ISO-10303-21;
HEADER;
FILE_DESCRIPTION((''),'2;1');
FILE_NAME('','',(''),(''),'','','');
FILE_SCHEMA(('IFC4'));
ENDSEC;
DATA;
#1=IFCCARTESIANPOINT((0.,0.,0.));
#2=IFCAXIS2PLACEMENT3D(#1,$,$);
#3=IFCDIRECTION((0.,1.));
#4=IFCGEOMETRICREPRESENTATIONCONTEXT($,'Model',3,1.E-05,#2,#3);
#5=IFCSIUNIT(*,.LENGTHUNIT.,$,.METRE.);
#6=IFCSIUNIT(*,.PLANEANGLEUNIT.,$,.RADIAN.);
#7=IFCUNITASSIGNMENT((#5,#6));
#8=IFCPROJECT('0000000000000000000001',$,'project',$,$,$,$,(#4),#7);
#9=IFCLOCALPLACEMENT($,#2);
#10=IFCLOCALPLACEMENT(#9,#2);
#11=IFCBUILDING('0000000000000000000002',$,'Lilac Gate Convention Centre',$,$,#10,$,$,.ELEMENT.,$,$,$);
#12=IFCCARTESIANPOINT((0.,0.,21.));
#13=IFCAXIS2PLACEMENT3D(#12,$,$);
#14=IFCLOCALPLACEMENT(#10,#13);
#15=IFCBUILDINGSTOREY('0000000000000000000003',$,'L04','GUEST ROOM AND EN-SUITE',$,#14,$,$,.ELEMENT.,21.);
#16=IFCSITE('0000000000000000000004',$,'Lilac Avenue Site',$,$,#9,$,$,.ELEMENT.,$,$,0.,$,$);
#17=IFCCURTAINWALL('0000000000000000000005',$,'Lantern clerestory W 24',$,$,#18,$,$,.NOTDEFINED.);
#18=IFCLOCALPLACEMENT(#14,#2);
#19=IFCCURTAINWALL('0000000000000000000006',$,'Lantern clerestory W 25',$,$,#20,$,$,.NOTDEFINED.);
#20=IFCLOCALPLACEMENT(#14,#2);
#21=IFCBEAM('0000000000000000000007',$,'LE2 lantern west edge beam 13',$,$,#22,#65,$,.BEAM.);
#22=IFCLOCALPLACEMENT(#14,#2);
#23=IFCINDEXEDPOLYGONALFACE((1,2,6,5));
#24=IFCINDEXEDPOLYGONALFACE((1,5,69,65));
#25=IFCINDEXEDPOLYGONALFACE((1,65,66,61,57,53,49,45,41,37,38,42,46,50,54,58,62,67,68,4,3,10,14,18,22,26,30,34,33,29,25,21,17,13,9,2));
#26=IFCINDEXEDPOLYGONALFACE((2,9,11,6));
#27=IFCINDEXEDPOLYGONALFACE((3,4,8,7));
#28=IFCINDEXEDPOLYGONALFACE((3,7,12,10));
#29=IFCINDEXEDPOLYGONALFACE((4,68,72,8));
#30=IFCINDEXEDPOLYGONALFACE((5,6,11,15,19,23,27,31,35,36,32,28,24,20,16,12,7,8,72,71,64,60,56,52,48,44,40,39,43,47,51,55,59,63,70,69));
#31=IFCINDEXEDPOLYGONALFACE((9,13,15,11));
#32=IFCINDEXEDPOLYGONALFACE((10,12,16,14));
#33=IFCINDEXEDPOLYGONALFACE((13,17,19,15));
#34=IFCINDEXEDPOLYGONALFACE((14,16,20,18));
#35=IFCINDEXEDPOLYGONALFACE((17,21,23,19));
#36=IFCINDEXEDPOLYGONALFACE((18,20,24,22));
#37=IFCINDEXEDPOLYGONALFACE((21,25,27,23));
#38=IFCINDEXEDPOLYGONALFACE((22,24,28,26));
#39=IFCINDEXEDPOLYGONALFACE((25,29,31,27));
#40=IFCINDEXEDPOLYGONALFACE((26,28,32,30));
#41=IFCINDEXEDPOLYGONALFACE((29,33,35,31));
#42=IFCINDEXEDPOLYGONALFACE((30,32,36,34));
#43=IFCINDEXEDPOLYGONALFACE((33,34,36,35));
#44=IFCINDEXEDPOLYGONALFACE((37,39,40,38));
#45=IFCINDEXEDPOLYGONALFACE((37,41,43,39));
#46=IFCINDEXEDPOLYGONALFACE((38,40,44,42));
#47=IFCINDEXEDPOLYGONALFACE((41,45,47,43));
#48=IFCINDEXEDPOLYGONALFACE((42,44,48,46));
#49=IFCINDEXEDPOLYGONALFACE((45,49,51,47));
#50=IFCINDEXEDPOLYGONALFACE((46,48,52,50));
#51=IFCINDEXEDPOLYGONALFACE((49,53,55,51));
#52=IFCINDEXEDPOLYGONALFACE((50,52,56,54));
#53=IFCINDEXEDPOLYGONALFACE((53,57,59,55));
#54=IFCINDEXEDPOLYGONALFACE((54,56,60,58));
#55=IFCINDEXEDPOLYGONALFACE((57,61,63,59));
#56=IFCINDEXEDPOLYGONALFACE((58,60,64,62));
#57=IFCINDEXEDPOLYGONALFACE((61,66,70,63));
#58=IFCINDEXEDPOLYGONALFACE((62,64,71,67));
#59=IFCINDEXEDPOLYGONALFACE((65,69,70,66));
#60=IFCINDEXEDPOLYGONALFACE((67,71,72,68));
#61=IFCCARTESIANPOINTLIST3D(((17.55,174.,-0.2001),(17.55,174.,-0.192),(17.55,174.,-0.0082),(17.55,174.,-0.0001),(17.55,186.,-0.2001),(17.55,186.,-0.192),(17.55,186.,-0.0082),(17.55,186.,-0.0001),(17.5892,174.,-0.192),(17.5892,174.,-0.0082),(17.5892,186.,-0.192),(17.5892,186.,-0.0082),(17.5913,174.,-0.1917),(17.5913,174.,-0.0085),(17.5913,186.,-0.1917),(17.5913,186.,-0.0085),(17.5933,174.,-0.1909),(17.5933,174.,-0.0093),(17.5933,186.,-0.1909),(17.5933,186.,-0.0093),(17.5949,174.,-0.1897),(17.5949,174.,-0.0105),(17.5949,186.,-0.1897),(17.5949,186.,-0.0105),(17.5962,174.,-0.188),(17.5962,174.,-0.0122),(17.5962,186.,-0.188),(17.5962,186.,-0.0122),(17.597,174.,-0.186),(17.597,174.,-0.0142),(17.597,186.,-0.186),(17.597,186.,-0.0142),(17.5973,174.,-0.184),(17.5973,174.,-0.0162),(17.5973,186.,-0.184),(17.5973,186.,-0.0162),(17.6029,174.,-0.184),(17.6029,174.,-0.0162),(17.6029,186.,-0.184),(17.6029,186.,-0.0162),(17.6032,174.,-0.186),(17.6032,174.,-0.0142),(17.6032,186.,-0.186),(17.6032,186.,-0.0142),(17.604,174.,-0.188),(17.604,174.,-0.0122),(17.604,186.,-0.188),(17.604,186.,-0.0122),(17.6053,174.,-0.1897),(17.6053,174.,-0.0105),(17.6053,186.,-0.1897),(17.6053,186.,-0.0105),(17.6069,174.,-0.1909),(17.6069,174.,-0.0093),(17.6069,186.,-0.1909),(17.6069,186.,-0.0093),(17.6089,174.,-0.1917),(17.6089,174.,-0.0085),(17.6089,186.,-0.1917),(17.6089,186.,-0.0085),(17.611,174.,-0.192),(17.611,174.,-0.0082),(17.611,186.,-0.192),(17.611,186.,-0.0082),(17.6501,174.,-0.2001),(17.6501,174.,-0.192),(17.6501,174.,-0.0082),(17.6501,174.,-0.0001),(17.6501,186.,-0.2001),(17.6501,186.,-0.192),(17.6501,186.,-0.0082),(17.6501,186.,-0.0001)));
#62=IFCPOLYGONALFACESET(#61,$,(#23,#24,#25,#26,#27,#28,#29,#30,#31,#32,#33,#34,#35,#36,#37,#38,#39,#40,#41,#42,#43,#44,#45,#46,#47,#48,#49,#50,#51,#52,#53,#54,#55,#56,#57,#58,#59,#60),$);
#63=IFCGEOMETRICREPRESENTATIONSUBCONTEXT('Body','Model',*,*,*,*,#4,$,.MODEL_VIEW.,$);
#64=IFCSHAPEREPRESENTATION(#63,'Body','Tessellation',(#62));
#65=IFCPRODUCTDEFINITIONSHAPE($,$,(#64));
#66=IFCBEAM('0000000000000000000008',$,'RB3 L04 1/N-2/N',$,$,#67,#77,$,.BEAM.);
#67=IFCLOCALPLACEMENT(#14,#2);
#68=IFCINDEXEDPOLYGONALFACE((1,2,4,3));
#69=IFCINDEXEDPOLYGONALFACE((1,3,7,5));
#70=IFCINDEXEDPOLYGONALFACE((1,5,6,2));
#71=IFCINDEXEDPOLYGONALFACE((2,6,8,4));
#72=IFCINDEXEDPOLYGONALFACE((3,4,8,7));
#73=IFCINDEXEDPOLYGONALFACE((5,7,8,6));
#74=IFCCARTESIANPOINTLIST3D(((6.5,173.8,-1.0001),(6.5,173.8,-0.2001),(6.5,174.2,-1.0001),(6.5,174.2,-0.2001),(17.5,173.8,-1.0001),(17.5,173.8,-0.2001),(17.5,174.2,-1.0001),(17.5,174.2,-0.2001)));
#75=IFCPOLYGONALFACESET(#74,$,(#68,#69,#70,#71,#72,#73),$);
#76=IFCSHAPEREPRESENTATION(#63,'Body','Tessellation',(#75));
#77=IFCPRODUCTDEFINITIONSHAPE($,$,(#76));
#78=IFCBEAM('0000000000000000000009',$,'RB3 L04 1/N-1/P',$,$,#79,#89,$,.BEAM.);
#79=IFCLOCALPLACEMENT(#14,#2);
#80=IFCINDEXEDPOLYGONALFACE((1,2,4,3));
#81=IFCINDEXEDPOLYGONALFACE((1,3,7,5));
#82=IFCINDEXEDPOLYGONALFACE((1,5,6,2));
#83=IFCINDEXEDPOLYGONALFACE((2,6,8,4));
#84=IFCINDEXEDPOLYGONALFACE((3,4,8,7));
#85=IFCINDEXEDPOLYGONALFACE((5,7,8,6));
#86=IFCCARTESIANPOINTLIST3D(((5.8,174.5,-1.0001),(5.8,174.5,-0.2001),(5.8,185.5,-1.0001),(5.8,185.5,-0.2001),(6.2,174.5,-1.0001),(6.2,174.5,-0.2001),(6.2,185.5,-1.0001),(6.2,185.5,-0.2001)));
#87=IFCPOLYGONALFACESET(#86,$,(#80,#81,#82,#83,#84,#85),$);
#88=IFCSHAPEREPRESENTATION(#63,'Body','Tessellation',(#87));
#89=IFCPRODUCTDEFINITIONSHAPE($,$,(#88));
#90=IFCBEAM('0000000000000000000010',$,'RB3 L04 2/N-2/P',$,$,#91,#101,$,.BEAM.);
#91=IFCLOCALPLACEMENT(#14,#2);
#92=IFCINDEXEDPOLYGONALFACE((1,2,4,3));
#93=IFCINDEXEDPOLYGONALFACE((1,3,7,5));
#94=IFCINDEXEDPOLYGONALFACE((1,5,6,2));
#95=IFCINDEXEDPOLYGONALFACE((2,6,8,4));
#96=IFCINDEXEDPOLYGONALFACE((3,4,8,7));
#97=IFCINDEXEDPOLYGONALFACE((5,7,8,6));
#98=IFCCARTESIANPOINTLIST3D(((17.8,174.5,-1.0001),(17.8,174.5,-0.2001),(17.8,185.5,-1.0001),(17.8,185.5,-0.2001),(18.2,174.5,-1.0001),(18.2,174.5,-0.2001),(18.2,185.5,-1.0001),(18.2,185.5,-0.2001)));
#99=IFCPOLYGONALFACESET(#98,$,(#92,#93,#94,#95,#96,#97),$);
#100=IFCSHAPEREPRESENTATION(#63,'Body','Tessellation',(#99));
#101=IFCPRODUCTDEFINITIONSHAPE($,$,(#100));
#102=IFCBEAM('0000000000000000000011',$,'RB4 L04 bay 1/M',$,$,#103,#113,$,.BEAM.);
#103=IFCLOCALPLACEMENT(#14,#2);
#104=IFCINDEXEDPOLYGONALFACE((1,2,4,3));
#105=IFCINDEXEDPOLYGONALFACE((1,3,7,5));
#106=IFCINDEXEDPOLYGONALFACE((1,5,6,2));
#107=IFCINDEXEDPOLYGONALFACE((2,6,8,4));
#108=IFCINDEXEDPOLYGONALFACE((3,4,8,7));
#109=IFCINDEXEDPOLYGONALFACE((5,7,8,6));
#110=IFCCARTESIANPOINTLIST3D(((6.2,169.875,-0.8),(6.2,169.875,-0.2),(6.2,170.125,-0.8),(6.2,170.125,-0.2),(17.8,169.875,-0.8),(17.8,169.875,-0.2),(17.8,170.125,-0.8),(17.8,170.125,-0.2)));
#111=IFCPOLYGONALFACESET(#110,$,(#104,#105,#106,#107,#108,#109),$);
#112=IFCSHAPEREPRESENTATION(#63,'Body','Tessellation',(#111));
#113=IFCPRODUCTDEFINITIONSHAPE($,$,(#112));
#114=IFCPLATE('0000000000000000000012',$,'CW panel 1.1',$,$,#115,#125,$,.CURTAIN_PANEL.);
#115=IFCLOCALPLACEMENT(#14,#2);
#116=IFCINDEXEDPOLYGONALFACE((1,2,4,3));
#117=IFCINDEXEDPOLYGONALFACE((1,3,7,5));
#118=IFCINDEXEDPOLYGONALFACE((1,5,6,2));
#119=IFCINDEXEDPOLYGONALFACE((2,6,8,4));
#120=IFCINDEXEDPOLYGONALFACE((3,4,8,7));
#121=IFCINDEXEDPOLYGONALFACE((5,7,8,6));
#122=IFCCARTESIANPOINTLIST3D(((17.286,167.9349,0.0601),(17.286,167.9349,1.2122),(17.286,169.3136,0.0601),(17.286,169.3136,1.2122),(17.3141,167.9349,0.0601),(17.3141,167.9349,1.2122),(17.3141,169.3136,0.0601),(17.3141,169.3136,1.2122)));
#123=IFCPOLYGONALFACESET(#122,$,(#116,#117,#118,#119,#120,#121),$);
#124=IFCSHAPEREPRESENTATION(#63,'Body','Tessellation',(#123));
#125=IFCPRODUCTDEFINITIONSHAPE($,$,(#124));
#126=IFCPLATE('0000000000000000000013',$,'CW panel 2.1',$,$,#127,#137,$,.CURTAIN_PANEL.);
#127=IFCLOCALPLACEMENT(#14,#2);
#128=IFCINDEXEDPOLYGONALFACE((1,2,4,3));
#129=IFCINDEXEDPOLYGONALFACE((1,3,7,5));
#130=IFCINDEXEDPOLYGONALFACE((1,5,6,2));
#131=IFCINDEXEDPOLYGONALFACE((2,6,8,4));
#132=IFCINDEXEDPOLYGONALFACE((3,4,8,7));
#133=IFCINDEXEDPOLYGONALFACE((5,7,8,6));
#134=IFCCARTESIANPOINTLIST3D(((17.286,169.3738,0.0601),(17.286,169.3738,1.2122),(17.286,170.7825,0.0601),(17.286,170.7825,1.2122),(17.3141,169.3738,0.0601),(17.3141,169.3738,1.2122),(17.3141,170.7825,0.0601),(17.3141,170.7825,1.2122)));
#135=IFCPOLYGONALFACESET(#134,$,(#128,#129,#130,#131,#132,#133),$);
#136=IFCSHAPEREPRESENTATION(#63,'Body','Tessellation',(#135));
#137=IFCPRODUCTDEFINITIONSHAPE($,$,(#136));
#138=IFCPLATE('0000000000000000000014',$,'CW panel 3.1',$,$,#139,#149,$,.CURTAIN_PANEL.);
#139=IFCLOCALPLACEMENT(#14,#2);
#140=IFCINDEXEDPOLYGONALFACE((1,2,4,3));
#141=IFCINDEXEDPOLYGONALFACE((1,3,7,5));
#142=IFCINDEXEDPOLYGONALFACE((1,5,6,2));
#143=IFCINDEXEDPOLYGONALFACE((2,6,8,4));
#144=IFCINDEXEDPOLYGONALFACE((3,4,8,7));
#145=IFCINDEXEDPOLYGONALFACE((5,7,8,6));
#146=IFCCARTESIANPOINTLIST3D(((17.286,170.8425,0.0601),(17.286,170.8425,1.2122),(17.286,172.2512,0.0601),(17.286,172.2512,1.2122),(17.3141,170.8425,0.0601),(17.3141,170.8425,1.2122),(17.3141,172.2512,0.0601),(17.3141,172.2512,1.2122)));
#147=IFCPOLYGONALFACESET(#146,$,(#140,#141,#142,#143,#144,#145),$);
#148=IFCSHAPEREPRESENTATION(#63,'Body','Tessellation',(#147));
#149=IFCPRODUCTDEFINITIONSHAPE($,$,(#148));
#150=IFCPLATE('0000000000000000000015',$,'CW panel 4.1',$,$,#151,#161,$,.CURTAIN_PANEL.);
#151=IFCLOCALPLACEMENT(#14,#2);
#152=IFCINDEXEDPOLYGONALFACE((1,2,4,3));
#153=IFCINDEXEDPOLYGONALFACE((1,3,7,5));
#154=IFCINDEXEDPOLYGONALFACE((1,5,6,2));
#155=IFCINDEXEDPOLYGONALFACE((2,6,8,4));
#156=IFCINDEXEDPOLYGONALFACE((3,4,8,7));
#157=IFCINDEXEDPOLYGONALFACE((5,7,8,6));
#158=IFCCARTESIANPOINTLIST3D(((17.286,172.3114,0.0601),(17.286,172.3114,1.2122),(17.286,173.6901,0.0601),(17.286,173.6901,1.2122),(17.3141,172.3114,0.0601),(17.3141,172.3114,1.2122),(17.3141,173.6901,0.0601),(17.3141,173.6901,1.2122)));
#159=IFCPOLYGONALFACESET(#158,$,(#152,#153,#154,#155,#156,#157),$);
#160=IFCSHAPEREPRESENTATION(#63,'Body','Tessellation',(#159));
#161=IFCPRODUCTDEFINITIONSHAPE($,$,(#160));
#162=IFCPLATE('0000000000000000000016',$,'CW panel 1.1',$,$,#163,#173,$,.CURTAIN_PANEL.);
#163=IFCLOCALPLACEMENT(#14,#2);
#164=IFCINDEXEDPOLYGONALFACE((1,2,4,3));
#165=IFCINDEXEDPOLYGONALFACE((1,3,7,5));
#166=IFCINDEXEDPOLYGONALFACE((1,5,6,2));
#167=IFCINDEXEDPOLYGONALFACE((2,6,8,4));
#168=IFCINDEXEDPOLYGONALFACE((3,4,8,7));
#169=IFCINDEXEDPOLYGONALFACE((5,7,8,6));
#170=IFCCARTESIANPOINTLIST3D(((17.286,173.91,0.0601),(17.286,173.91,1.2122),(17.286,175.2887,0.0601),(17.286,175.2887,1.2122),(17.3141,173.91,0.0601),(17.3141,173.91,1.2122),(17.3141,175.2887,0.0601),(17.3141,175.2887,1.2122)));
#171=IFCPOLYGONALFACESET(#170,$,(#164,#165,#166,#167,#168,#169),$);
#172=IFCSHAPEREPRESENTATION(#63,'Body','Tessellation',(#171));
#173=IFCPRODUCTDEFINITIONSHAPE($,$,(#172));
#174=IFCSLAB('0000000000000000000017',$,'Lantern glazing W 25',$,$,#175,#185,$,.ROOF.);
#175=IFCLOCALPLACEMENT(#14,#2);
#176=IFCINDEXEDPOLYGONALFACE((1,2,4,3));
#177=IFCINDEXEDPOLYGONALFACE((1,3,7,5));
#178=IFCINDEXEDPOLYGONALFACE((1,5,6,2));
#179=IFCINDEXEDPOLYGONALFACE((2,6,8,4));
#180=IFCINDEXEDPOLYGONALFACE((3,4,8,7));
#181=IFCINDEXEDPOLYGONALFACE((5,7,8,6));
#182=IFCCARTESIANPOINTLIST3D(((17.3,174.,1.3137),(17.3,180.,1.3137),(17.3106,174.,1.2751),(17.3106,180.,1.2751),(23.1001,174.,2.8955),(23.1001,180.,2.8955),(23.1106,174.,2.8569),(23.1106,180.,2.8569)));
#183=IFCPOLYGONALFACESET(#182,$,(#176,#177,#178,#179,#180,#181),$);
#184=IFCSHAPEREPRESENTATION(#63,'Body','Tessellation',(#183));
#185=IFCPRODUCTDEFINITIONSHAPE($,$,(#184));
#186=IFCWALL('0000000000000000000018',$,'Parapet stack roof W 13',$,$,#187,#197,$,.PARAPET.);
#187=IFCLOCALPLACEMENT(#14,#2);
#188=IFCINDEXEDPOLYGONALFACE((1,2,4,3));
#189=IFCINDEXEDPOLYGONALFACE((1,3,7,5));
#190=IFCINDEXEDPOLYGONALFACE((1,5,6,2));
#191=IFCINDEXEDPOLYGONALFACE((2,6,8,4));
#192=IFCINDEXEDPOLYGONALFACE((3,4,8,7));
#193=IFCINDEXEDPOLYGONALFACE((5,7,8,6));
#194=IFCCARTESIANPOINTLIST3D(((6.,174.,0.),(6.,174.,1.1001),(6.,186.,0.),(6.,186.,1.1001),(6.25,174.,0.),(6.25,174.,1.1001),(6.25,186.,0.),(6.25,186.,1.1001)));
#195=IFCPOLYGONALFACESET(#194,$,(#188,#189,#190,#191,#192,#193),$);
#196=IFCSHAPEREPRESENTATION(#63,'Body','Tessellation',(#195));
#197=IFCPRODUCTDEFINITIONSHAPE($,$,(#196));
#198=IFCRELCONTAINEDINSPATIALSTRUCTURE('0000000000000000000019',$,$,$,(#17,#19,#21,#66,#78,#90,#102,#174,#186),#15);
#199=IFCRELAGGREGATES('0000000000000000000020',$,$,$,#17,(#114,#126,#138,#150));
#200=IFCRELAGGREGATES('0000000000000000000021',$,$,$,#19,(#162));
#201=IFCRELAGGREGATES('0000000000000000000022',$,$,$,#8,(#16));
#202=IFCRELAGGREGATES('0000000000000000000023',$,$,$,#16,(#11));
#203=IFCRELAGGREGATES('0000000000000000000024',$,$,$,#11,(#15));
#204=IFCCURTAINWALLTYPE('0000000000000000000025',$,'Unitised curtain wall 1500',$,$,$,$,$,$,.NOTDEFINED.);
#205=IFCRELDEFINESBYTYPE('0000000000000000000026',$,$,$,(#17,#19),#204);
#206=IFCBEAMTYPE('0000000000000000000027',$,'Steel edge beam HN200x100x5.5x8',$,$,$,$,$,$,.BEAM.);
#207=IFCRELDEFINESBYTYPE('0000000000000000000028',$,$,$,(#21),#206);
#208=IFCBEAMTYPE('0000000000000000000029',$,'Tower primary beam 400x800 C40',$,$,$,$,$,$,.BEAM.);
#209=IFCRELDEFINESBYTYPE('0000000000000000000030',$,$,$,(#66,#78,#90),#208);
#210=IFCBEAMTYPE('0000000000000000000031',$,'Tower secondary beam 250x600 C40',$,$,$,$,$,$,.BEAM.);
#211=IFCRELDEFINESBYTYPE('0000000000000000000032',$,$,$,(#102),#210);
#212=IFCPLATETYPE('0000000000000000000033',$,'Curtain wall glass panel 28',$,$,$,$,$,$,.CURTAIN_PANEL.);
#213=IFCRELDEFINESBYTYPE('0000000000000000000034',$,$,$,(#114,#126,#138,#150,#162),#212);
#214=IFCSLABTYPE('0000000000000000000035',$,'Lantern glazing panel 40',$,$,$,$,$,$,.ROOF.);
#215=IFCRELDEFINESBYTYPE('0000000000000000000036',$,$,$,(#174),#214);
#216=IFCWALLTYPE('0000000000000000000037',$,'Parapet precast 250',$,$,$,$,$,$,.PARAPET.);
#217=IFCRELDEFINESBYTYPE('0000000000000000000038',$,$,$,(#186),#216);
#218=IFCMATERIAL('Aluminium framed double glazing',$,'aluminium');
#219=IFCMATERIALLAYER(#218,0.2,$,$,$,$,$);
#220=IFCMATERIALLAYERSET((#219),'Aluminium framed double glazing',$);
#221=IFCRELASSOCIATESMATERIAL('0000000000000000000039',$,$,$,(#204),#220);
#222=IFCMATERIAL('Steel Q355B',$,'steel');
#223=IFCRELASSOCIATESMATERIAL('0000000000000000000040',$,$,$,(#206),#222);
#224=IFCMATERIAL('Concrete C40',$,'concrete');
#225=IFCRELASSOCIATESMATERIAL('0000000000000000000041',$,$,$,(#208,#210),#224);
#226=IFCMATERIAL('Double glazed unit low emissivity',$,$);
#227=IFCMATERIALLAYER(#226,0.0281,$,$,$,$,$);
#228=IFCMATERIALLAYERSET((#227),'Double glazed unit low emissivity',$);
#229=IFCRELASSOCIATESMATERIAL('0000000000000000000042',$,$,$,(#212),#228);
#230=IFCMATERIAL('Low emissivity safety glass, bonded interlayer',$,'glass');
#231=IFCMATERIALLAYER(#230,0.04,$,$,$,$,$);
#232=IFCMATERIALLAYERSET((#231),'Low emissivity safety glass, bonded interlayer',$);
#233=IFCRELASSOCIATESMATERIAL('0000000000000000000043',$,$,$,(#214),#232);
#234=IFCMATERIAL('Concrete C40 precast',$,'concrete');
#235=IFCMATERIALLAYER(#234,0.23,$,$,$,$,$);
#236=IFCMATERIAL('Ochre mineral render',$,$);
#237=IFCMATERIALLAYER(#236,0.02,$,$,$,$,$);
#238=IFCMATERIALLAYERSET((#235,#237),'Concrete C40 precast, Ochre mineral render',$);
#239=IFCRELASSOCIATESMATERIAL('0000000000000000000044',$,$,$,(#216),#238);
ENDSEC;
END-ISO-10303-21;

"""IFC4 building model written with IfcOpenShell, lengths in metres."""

from ifc_helpers import new_model, si_unit, direction, frame, frame_2d, origin, origin_2d, place, context, subcontext, project, spatial, polyline, rectangle, i_section, outline, extrude, material, layer, layer_set, material_profile, profile_set, type_object, element, aggregate, save


model = new_model("IFC4")

# Units and contexts
model_context = context("Model", 3, precision=1e-05, world=origin(), true_north=direction((0.0, 1.0)))
body_context = subcontext(model_context, "Body", "Model", "MODEL_VIEW")
ifc_project = project(units=[si_unit("LENGTHUNIT", "METRE"), si_unit("PLANEANGLEUNIT", "RADIAN")], contexts=[model_context])

# Site, building, storey
site_placement = place(None, origin())
site = spatial("IfcSite", under=ifc_project, at=site_placement, Name="Lilac Avenue Site", CompositionType="ELEMENT", RefElevation=0.0)
building_placement = place(site_placement, origin())
building = spatial("IfcBuilding", under=site, at=building_placement, Name="Lilac Gate Convention Centre", CompositionType="ELEMENT")
storey_placement = place(building_placement, frame((0.0, 0.0, 21.0)))
storey = spatial("IfcBuildingStorey", under=building, at=storey_placement, Name="L04", Description="GUEST ROOM AND EN-SUITE", CompositionType="ELEMENT", Elevation=21.0)

# Curtain walls
ifc_material_1 = material(Name="Aluminium framed double glazing", Category="aluminium")
ifc_layer_1 = layer(ifc_material_1, 0.2)
ifc_layer_set_1 = layer_set([ifc_layer_1], Name="Aluminium framed double glazing")
curtain_wall_type = type_object("IfcCurtainWallType", Name="Unitised curtain wall 1500", PredefinedType="NOTDEFINED", material=ifc_layer_set_1)
curtain_wall_1_placement = place(storey_placement, origin())
curtain_wall_1 = element("IfcCurtainWall", 1, at=curtain_wall_1_placement, inside=storey, type_object=curtain_wall_type, Name="Lantern clerestory W 24", PredefinedType="NOTDEFINED")
curtain_wall_2_placement = place(storey_placement, origin())
curtain_wall_2 = element("IfcCurtainWall", 2, at=curtain_wall_2_placement, inside=storey, type_object=curtain_wall_type, Name="Lantern clerestory W 25", PredefinedType="NOTDEFINED")

# Shared definitions
ifc_material_2 = material(Name="Steel Q355B", Category="steel")

# Beams
ifc_material_profile_1 = material_profile(ifc_material_2, i_section(OverallWidth=0.1001, OverallDepth=0.2, WebThickness=0.0056, FlangeThickness=0.0081, FilletRadius=0.0081, at=origin_2d()), Name="HN200x100x5.5x8")
ifc_profile_set_1 = profile_set([ifc_material_profile_1], Name="Steel Q355B")
beam_type_1 = type_object("IfcBeamType", Name="Steel edge beam HN200x100x5.5x8", PredefinedType="BEAM", material=ifc_profile_set_1)
beam_1_placement = place(storey_placement, frame((17.6001, 174.0, -0.1001), z_axis=(0.0, 1.0, 0.0), x_axis=(-1.0, 0.0, 0.0)))
element("IfcBeam", 3, at=beam_1_placement, inside=storey, type_object=beam_type_1, Name="LE2 lantern west edge beam 13", PredefinedType="BEAM", context=body_context, shape_type="SweptSolid", body=[
    extrude(i_section(OverallWidth=0.1001, OverallDepth=0.2, WebThickness=0.0056, FlangeThickness=0.0081, FilletRadius=0.0081, at=origin_2d()), origin(), (0.0, 0.0, 1.0), 12.0),
])
ifc_material_3 = material(Name="Concrete C40", Category="concrete")
ifc_material_profile_2 = material_profile(ifc_material_3, rectangle(XDim=0.3999, YDim=0.8, at=origin_2d()), Name="RC 400x800")
ifc_profile_set_2 = profile_set([ifc_material_profile_2], Name="Concrete C40")
beam_type_2 = type_object("IfcBeamType", Name="Tower primary beam 400x800 C40", PredefinedType="BEAM", material=ifc_profile_set_2)
for number, where, z_axis, x_axis, name in (
    (4, (6.5, 174.0, -0.6001), (1.0, 0.0, 0.0), (0.0, 1.0, 0.0), "RB3 L04 1/N-2/N"),
    (5, (6.0, 174.5, -0.6001), (0.0, 1.0, 0.0), (-1.0, 0.0, 0.0), "RB3 L04 1/N-1/P"),
    (6, (18.0, 174.5, -0.6001), (0.0, 1.0, 0.0), (-1.0, 0.0, 0.0), "RB3 L04 2/N-2/P"),
):
    element("IfcBeam", number, at=place(storey_placement, frame(where, z_axis=z_axis, x_axis=x_axis)), inside=storey, type_object=beam_type_2, Name=name, PredefinedType="BEAM", context=body_context, shape_type="SweptSolid", body=[
        extrude(rectangle(XDim=0.3999, YDim=0.8, at=origin_2d()), origin(), (0.0, 0.0, 1.0), 11.0),
    ])
ifc_material_profile_3 = material_profile(ifc_material_3, rectangle(XDim=0.25, YDim=0.6001, at=origin_2d()), Name="RC 250x600")
ifc_profile_set_3 = profile_set([ifc_material_profile_3], Name="Concrete C40")
beam_type_3 = type_object("IfcBeamType", Name="Tower secondary beam 250x600 C40", PredefinedType="BEAM", material=ifc_profile_set_3)
beam_2_placement = place(storey_placement, frame((6.2, 170.0, -0.5), z_axis=(1.0, 0.0, 0.0), x_axis=(0.0, 1.0, 0.0)))
element("IfcBeam", 7, at=beam_2_placement, inside=storey, type_object=beam_type_3, Name="RB4 L04 bay 1/M", PredefinedType="BEAM", context=body_context, shape_type="SweptSolid", body=[
    extrude(rectangle(XDim=0.25, YDim=0.6001, at=origin_2d()), origin(), (0.0, 0.0, 1.0), 11.6001),
])

# Plates
ifc_material_4 = material(Name="Double glazed unit low emissivity")
ifc_layer_2 = layer(ifc_material_4, 0.0281)
ifc_layer_set_2 = layer_set([ifc_layer_2], Name="Double glazed unit low emissivity")
plate_type = type_object("IfcPlateType", Name="Curtain wall glass panel 28", PredefinedType="CURTAIN_PANEL", material=ifc_layer_set_2)
plate_1_placement = place(storey_placement, frame((17.3, 168.6243, 0.0601), z_axis=(0.0, 0.0, 1.0), x_axis=(0.0, 1.0, 0.0)))
plate_1 = element("IfcPlate", 8, at=plate_1_placement, type_object=plate_type, Name="CW panel 1.1", PredefinedType="CURTAIN_PANEL", context=body_context, shape_type="SweptSolid", body=[
    extrude(rectangle(XDim=1.3787, YDim=0.0281, at=origin_2d()), origin(), (0.0, 0.0, 1.0), 1.1521),
])
plate_2_placement = place(storey_placement, frame((17.3, 170.0781, 0.0601), z_axis=(0.0, 0.0, 1.0), x_axis=(0.0, 1.0, 0.0)))
plate_2 = element("IfcPlate", 9, at=plate_2_placement, type_object=plate_type, Name="CW panel 2.1", PredefinedType="CURTAIN_PANEL", context=body_context, shape_type="SweptSolid", body=[
    extrude(rectangle(XDim=1.4087, YDim=0.0281, at=origin_2d()), origin(), (0.0, 0.0, 1.0), 1.1521),
])
plate_3_placement = place(storey_placement, frame((17.3, 171.5469, 0.0601), z_axis=(0.0, 0.0, 1.0), x_axis=(0.0, 1.0, 0.0)))
plate_3 = element("IfcPlate", 10, at=plate_3_placement, type_object=plate_type, Name="CW panel 3.1", PredefinedType="CURTAIN_PANEL", context=body_context, shape_type="SweptSolid", body=[
    extrude(rectangle(XDim=1.4087, YDim=0.0281, at=origin_2d()), origin(), (0.0, 0.0, 1.0), 1.1521),
])
plate_4_placement = place(storey_placement, frame((17.3, 173.0007, 0.0601), z_axis=(0.0, 0.0, 1.0), x_axis=(0.0, 1.0, 0.0)))
plate_4 = element("IfcPlate", 11, at=plate_4_placement, type_object=plate_type, Name="CW panel 4.1", PredefinedType="CURTAIN_PANEL", context=body_context, shape_type="SweptSolid", body=[
    extrude(rectangle(XDim=1.3787, YDim=0.0281, at=origin_2d()), origin(), (0.0, 0.0, 1.0), 1.1521),
])
aggregate(curtain_wall_1, [plate_1, plate_2, plate_3, plate_4])
plate_5_placement = place(storey_placement, frame((17.3, 174.5994, 0.0601), z_axis=(0.0, 0.0, 1.0), x_axis=(0.0, 1.0, 0.0)))
plate_5 = element("IfcPlate", 12, at=plate_5_placement, type_object=plate_type, Name="CW panel 1.1", PredefinedType="CURTAIN_PANEL", context=body_context, shape_type="SweptSolid", body=[
    extrude(rectangle(XDim=1.3787, YDim=0.0281, at=origin_2d()), origin(), (0.0, 0.0, 1.0), 1.1521),
])
aggregate(curtain_wall_2, [plate_5])

# Slab
ifc_material_5 = material(Name="Low emissivity safety glass, bonded interlayer", Category="glass")
ifc_layer_3 = layer(ifc_material_5, 0.04)
ifc_layer_set_3 = layer_set([ifc_layer_3], Name="Low emissivity safety glass, bonded interlayer")
slab_type = type_object("IfcSlabType", Name="Lantern glazing panel 40", PredefinedType="ROOF", material=ifc_layer_set_3)
slab_placement = place(storey_placement, frame((17.3, 174.0, 1.3137), z_axis=(-0.263111, 0.0, 0.964766), x_axis=(0.964766, 0.0, 0.263111)))
element("IfcSlab", 13, at=slab_placement, inside=storey, type_object=slab_type, Name="Lantern glazing W 25", PredefinedType="ROOF", context=body_context, shape_type="SweptSolid", body=[
    extrude(outline(polyline([(0.0, 0.0), (6.0119, 0.0), (6.0119, 6.0), (0.0, 6.0), (0.0, 0.0)])), origin(), (0.0, 0.0, -1.0), 0.04),
])

# Wall
ifc_material_6 = material(Name="Concrete C40 precast", Category="concrete")
ifc_layer_4 = layer(ifc_material_6, 0.23)
ifc_material_7 = material(Name="Ochre mineral render")
ifc_layer_5 = layer(ifc_material_7, 0.02)
ifc_layer_set_4 = layer_set([ifc_layer_4, ifc_layer_5], Name="Concrete C40 precast, Ochre mineral render")
wall_type = type_object("IfcWallType", Name="Parapet precast 250", PredefinedType="PARAPET", material=ifc_layer_set_4)
wall_placement = place(storey_placement, frame((6.125, 174.0, 0.0), z_axis=(0.0, 0.0, 1.0), x_axis=(0.0, 1.0, 0.0)))
element("IfcWall", 14, at=wall_placement, inside=storey, type_object=wall_type, Name="Parapet stack roof W 13", PredefinedType="PARAPET", context=body_context, shape_type="SweptSolid", body=[
    extrude(rectangle(XDim=12.0, YDim=0.25, at=frame_2d((6.0, 0.0))), origin(), (0.0, 0.0, 1.0), 1.1001),
])

save(model, "model.ifc")
